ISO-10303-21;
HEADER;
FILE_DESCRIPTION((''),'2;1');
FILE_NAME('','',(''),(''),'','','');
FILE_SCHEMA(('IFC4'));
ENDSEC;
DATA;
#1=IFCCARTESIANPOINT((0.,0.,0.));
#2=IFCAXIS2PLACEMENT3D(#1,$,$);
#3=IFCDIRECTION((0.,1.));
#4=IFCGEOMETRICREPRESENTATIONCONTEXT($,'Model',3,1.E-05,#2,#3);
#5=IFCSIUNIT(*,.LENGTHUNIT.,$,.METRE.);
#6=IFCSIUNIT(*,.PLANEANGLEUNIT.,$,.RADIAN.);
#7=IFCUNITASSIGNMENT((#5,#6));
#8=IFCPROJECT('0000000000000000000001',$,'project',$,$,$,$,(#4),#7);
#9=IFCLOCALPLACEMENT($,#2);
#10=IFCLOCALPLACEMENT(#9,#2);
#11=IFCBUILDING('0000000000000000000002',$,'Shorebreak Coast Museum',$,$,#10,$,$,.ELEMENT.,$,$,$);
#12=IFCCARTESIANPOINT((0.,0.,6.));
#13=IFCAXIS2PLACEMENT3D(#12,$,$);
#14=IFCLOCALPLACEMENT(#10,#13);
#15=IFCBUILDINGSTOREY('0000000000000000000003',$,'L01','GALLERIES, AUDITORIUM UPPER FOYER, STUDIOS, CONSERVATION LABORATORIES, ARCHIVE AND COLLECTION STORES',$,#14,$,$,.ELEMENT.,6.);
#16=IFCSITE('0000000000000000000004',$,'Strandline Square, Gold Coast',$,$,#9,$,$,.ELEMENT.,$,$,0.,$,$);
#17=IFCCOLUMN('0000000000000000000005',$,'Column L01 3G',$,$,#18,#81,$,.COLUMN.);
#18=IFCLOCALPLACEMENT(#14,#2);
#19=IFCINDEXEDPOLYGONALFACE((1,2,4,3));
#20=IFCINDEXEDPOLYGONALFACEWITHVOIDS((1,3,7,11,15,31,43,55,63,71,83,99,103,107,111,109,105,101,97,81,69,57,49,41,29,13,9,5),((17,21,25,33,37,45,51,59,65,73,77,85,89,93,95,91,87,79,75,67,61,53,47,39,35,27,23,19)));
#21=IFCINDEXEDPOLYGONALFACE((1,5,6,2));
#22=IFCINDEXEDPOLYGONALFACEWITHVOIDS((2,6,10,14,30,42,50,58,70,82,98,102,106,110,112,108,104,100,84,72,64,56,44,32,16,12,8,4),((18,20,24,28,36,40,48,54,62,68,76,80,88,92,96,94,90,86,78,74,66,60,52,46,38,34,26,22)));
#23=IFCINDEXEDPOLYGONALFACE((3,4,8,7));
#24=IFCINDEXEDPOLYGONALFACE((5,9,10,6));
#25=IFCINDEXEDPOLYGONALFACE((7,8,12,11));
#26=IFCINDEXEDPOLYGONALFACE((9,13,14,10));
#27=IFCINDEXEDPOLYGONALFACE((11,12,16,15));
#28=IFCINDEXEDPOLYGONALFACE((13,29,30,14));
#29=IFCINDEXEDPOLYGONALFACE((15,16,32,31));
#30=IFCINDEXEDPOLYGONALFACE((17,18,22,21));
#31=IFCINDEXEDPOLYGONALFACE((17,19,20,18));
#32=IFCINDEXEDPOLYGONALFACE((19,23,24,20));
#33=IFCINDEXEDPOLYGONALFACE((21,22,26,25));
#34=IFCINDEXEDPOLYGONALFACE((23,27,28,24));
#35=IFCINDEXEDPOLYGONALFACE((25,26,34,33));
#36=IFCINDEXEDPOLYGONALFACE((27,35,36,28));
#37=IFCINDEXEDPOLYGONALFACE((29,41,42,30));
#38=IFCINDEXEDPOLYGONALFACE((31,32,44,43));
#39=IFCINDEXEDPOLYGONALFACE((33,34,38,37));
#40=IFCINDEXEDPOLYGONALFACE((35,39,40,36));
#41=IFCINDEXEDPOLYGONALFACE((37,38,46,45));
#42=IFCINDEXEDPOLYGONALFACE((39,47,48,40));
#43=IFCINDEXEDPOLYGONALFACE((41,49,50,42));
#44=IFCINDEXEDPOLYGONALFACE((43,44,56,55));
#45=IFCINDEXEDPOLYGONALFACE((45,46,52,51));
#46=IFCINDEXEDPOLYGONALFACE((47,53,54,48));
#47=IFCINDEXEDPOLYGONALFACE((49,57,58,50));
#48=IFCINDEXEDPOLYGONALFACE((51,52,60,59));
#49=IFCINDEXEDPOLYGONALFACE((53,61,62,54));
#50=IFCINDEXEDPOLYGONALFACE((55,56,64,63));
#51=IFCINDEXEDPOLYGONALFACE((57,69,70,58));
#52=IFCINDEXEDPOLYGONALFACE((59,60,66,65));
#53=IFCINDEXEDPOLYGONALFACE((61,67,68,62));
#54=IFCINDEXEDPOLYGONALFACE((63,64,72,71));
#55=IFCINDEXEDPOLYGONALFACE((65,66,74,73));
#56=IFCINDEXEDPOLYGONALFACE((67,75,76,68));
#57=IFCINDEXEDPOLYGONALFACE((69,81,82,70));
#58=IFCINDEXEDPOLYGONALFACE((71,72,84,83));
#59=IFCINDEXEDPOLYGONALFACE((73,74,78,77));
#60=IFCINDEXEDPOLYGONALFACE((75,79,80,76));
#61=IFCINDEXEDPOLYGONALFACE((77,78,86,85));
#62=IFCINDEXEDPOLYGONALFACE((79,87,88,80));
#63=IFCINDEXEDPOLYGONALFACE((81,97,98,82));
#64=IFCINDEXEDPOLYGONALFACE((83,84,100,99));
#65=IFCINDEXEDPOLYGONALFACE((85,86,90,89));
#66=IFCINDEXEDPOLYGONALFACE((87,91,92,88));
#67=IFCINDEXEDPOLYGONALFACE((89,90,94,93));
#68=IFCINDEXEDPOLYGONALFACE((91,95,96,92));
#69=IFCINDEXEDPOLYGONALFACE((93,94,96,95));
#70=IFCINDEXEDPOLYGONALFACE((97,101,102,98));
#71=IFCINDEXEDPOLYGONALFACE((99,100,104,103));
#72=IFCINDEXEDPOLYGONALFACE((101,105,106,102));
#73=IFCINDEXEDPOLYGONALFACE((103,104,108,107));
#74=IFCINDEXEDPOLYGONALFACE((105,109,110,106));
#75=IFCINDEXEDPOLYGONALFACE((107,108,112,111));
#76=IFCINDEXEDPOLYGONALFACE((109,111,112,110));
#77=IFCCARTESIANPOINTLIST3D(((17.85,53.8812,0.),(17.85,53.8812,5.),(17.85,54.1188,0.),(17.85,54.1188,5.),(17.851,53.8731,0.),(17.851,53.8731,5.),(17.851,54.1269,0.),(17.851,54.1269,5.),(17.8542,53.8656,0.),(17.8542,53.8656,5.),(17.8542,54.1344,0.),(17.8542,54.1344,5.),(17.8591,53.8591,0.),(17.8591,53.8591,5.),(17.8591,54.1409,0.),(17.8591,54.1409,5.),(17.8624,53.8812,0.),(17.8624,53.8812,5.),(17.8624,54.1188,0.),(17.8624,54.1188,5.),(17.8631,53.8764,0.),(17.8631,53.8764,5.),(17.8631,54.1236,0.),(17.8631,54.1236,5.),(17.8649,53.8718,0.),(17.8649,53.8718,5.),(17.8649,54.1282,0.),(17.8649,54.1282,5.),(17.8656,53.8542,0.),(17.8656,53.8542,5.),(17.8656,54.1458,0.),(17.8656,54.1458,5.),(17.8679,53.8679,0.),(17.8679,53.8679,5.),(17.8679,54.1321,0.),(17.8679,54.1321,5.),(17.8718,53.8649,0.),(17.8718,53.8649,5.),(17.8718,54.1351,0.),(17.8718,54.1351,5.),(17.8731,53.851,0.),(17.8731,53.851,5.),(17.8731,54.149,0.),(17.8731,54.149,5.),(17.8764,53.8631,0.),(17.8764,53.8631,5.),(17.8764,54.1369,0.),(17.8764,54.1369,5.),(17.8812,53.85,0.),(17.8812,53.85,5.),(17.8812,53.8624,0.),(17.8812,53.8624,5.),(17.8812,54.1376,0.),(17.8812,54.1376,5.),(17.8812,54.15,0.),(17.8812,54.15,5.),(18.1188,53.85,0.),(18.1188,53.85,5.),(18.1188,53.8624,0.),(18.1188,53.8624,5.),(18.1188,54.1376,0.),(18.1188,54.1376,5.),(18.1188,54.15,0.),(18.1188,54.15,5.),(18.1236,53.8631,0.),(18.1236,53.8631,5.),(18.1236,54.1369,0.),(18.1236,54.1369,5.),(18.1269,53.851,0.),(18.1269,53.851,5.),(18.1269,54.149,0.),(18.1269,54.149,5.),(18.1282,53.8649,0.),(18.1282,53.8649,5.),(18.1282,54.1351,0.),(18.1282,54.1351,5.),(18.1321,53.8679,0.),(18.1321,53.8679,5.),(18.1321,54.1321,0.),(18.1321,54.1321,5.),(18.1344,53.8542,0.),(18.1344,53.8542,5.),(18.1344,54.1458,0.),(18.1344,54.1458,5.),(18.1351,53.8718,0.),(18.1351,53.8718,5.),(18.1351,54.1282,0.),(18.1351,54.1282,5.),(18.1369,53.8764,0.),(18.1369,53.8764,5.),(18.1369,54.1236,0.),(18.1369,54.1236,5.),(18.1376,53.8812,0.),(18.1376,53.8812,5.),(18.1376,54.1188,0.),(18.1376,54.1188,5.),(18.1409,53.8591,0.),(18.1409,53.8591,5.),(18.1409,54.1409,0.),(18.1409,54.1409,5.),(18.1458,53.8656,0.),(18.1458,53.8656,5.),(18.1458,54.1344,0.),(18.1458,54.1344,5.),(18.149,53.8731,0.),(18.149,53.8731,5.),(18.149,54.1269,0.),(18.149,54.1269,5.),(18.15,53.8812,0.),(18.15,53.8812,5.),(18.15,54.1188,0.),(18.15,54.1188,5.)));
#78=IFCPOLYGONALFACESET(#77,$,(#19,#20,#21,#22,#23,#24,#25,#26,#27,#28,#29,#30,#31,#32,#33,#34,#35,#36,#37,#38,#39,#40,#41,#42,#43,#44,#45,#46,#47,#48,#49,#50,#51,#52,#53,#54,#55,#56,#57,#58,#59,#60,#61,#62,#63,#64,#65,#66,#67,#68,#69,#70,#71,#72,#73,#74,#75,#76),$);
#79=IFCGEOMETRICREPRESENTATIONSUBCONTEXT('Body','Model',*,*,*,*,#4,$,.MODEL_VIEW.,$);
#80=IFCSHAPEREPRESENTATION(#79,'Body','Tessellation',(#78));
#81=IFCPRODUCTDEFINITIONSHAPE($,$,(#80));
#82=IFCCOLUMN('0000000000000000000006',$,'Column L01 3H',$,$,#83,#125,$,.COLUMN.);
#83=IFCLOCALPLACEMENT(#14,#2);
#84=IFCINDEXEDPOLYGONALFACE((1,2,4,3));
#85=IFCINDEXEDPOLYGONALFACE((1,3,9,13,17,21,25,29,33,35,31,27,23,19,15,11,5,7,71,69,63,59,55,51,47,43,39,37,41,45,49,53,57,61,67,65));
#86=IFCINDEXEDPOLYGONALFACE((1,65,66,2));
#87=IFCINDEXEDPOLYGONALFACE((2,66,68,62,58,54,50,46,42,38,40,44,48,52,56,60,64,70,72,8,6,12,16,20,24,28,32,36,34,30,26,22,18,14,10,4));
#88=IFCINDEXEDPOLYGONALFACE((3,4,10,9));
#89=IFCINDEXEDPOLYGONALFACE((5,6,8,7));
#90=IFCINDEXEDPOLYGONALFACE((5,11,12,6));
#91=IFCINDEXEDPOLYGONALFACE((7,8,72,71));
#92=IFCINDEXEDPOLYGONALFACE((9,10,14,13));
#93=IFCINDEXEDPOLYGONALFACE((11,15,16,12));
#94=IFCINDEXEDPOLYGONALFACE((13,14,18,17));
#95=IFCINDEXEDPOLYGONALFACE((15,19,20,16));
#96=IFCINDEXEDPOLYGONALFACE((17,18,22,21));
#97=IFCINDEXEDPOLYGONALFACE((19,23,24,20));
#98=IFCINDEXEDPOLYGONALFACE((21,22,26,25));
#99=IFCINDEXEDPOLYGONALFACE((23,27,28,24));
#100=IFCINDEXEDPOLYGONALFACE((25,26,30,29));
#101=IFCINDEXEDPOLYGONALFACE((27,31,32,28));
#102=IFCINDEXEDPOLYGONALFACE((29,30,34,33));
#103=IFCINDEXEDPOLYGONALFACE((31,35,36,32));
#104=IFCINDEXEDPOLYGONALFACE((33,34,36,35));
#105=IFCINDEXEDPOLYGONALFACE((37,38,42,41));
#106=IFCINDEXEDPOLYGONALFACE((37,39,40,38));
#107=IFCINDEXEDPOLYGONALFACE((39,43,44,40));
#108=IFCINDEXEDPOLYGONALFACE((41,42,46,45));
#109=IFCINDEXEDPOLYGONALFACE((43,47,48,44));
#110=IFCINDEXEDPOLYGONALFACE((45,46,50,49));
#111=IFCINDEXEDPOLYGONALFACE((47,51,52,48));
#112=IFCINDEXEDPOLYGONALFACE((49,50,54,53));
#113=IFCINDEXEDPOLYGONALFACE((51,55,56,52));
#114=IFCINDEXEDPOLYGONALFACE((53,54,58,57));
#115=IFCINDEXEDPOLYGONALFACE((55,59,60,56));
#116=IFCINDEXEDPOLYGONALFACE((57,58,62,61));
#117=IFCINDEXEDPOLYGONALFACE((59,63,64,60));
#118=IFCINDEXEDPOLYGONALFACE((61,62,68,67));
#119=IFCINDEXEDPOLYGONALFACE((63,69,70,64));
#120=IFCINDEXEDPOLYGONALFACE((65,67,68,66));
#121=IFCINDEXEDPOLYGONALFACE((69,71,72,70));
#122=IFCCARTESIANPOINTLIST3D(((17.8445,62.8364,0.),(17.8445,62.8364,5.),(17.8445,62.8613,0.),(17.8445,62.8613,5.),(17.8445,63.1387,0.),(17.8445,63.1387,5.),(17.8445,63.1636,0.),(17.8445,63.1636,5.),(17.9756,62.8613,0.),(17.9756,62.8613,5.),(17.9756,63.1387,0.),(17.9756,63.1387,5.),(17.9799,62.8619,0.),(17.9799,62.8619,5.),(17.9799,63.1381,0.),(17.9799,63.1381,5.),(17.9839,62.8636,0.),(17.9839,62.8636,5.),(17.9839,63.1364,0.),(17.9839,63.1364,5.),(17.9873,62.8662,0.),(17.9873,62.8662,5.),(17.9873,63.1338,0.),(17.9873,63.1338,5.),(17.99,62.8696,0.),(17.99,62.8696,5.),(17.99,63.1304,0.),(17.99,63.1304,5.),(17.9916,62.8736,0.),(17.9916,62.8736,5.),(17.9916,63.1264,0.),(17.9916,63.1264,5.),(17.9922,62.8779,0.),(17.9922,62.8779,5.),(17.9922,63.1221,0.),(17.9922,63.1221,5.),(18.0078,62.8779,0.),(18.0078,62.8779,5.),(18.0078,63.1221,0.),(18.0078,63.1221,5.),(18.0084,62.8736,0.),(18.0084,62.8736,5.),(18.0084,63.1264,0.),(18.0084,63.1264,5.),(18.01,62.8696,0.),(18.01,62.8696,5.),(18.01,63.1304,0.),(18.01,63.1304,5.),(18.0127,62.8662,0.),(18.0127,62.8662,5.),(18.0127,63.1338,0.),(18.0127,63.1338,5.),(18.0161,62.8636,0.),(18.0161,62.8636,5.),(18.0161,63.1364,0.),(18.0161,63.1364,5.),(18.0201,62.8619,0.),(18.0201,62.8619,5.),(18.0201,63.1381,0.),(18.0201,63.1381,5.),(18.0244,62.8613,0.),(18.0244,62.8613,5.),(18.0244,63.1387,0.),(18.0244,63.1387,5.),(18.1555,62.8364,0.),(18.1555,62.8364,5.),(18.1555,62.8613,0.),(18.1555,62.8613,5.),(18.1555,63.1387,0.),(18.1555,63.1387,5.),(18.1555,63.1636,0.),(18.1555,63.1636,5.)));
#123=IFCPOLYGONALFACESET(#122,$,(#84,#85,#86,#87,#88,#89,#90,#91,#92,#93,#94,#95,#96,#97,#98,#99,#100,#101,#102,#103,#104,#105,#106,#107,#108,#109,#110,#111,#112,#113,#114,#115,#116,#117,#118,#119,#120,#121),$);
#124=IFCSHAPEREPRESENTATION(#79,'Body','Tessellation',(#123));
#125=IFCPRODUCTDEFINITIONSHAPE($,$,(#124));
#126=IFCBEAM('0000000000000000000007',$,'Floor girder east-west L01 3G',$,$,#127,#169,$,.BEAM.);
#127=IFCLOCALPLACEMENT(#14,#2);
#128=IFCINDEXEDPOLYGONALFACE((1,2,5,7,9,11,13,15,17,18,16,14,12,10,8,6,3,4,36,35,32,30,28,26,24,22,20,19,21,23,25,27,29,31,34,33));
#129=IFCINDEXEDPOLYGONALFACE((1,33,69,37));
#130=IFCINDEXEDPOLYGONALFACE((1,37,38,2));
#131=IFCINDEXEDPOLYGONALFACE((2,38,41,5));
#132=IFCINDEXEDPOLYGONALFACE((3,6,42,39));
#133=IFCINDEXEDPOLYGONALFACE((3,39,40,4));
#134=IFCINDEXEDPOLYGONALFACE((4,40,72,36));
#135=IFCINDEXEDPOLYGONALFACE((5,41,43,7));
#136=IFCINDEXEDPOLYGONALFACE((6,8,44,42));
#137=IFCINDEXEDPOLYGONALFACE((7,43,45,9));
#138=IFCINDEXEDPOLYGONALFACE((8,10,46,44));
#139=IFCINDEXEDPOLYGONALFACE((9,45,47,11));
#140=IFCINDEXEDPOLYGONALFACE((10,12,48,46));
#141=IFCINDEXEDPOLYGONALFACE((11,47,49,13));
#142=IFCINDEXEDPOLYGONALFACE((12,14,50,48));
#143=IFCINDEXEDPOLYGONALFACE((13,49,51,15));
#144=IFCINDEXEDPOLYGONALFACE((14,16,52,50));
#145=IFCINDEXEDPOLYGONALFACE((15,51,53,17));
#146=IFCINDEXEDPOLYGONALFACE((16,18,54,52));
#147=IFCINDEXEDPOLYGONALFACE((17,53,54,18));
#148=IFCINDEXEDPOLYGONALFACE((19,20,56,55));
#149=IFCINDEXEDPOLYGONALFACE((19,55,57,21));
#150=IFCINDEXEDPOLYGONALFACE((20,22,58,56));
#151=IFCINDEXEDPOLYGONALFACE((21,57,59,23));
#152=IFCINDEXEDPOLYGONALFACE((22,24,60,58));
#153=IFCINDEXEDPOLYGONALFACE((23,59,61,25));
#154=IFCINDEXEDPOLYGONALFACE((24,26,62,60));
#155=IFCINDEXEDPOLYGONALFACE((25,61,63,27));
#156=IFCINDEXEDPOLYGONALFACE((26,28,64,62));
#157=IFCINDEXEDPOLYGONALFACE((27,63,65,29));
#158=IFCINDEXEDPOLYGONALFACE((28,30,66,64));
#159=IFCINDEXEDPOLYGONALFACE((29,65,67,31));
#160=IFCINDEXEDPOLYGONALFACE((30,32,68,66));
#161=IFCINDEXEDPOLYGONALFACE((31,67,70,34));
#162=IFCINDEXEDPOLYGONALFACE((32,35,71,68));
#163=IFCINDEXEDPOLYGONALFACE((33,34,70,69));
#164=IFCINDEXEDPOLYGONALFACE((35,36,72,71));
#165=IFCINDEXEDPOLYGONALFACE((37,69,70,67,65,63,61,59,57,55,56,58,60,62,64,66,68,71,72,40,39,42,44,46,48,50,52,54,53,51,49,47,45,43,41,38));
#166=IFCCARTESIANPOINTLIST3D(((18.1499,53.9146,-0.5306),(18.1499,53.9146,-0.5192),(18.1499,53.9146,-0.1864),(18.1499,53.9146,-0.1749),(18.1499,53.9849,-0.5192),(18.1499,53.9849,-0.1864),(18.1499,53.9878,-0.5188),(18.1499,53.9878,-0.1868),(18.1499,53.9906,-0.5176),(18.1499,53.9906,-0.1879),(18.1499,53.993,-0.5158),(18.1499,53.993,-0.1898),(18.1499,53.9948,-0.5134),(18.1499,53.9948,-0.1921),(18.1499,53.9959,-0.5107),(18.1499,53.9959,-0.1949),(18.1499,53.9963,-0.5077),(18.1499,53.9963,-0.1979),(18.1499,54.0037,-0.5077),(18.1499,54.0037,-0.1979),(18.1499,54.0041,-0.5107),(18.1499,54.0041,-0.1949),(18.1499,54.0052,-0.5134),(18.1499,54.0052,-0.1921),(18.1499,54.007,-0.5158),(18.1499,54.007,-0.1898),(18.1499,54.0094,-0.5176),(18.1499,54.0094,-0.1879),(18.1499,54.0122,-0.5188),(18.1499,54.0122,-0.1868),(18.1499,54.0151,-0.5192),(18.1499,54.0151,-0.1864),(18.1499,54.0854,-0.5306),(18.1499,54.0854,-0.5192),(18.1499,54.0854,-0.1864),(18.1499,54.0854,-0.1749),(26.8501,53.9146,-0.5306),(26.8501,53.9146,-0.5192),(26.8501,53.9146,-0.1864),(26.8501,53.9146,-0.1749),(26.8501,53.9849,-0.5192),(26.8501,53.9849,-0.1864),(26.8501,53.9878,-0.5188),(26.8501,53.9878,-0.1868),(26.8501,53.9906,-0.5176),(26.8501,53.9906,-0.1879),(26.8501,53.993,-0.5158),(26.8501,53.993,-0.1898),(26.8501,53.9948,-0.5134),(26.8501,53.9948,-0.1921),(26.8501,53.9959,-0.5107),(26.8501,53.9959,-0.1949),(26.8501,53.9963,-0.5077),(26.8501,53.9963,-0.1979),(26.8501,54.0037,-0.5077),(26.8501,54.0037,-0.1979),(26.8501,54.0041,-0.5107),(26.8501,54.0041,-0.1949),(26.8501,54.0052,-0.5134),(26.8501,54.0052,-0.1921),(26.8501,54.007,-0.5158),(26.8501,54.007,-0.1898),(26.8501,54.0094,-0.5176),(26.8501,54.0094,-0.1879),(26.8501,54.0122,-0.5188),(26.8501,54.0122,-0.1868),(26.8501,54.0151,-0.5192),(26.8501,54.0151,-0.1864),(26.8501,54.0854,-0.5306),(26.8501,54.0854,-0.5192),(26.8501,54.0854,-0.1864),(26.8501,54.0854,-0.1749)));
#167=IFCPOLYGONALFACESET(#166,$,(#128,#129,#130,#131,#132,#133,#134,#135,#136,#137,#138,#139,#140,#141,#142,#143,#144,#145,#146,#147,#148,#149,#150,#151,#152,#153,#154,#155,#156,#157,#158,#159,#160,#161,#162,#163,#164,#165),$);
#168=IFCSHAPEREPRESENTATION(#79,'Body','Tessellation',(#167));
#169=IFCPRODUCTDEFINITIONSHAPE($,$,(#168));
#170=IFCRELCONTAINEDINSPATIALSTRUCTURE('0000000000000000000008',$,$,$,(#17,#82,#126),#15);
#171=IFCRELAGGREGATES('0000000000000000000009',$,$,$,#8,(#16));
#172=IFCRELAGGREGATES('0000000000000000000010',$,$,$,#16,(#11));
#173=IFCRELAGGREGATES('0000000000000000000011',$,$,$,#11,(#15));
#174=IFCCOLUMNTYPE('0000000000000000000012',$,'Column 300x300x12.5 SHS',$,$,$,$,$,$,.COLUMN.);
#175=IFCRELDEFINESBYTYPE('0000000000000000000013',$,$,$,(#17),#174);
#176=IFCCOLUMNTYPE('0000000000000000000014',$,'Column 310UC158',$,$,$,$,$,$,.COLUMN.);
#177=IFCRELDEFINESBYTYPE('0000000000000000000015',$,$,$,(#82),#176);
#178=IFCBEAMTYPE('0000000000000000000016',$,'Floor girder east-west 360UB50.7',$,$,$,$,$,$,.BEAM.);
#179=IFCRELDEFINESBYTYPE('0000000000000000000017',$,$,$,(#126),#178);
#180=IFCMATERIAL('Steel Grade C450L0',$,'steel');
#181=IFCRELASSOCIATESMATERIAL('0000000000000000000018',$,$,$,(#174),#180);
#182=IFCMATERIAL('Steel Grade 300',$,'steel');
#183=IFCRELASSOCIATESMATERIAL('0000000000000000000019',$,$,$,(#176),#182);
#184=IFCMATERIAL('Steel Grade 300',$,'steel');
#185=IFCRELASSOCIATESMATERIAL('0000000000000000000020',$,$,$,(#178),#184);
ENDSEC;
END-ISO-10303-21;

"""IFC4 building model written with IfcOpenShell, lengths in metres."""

from ifc_helpers import new_model, si_unit, direction, frame, origin, origin_2d, place, context, subcontext, project, spatial, hollow_rectangle, i_section, extrude, material, material_profile, profile_set, type_object, element, save


model = new_model("IFC4")

# Units and contexts
model_context = context("Model", 3, precision=1e-05, world=origin(), true_north=direction((0.0, 1.0)))
body_context = subcontext(model_context, "Body", "Model", "MODEL_VIEW")
ifc_project = project(units=[si_unit("LENGTHUNIT", "METRE"), si_unit("PLANEANGLEUNIT", "RADIAN")], contexts=[model_context])

# Site, building, storey
site_placement = place(None, origin())
site = spatial("IfcSite", under=ifc_project, at=site_placement, Name="Strandline Square, Gold Coast", CompositionType="ELEMENT", RefElevation=0.0)
building_placement = place(site_placement, origin())
building = spatial("IfcBuilding", under=site, at=building_placement, Name="Shorebreak Coast Museum", CompositionType="ELEMENT")
storey_placement = place(building_placement, frame((0.0, 0.0, 6.0)))
storey = spatial("IfcBuildingStorey", under=building, at=storey_placement, Name="L01", Description="GALLERIES, AUDITORIUM UPPER FOYER, STUDIOS, CONSERVATION LABORATORIES, ARCHIVE AND COLLECTION STORES", CompositionType="ELEMENT", Elevation=6.0)

# Columns
ifc_material_1 = material(Name="Steel Grade C450L0", Category="steel")
ifc_material_profile_1 = material_profile(ifc_material_1, hollow_rectangle(XDim=0.3, YDim=0.3, WallThickness=0.0125, InnerFilletRadius=0.0188, OuterFilletRadius=0.0312, at=origin_2d()), Name="300x300x12.5 SHS")
ifc_profile_set_1 = profile_set([ifc_material_profile_1], Name="Steel Grade C450L0")
column_type_1 = type_object("IfcColumnType", Name="Column 300x300x12.5 SHS", PredefinedType="COLUMN", material=ifc_profile_set_1)
column_1_placement = place(storey_placement, frame((18.0, 54.0, 0.0), z_axis=(0.0, 0.0, 1.0), x_axis=(1.0, 0.0, 0.0)))
element("IfcColumn", 1, at=column_1_placement, inside=storey, type_object=column_type_1, Name="Column L01 3G", PredefinedType="COLUMN", context=body_context, shape_type="SweptSolid", body=[
    extrude(hollow_rectangle(XDim=0.3, YDim=0.3, WallThickness=0.0125, InnerFilletRadius=0.0188, OuterFilletRadius=0.0312, at=origin_2d()), origin(), (0.0, 0.0, 1.0), 5.0),
])
ifc_material_2 = material(Name="Steel Grade 300", Category="steel")
ifc_material_profile_2 = material_profile(ifc_material_2, i_section(OverallWidth=0.311, OverallDepth=0.3271, WebThickness=0.0156, FlangeThickness=0.0249, FilletRadius=0.0166, at=origin_2d()), Name="310UC158")
ifc_profile_set_2 = profile_set([ifc_material_profile_2], Name="Steel Grade 300")
column_type_2 = type_object("IfcColumnType", Name="Column 310UC158", PredefinedType="COLUMN", material=ifc_profile_set_2)
column_2_placement = place(storey_placement, frame((18.0, 63.0, 0.0), z_axis=(0.0, 0.0, 1.0), x_axis=(1.0, 0.0, 0.0)))
element("IfcColumn", 2, at=column_2_placement, inside=storey, type_object=column_type_2, Name="Column L01 3H", PredefinedType="COLUMN", context=body_context, shape_type="SweptSolid", body=[
    extrude(i_section(OverallWidth=0.311, OverallDepth=0.3271, WebThickness=0.0156, FlangeThickness=0.0249, FilletRadius=0.0166, at=origin_2d()), origin(), (0.0, 0.0, 1.0), 5.0),
])

# Beam
ifc_material_3 = material(Name="Steel Grade 300", Category="steel")
ifc_material_profile_3 = material_profile(ifc_material_3, i_section(OverallWidth=0.1709, OverallDepth=0.3557, WebThickness=0.0073, FlangeThickness=0.0115, FilletRadius=0.0115, at=origin_2d()), Name="360UB50.7")
ifc_profile_set_3 = profile_set([ifc_material_profile_3], Name="Steel Grade 300")
beam_type_1 = type_object("IfcBeamType", Name="Floor girder east-west 360UB50.7", PredefinedType="BEAM", material=ifc_profile_set_3)
beam_1_placement = place(storey_placement, frame((18.1499, 54.0, -0.3528), z_axis=(1.0, 0.0, 0.0), x_axis=(0.0, 1.0, 0.0)))
element("IfcBeam", 3, at=beam_1_placement, inside=storey, type_object=beam_type_1, Name="Floor girder east-west L01 3G", PredefinedType="BEAM", context=body_context, shape_type="SweptSolid", body=[
    extrude(i_section(OverallWidth=0.1709, OverallDepth=0.3557, WebThickness=0.0073, FlangeThickness=0.0115, FilletRadius=0.0115, at=origin_2d()), origin(), (0.0, 0.0, 1.0), 8.7002),
])

save(model, "model.ifc")
